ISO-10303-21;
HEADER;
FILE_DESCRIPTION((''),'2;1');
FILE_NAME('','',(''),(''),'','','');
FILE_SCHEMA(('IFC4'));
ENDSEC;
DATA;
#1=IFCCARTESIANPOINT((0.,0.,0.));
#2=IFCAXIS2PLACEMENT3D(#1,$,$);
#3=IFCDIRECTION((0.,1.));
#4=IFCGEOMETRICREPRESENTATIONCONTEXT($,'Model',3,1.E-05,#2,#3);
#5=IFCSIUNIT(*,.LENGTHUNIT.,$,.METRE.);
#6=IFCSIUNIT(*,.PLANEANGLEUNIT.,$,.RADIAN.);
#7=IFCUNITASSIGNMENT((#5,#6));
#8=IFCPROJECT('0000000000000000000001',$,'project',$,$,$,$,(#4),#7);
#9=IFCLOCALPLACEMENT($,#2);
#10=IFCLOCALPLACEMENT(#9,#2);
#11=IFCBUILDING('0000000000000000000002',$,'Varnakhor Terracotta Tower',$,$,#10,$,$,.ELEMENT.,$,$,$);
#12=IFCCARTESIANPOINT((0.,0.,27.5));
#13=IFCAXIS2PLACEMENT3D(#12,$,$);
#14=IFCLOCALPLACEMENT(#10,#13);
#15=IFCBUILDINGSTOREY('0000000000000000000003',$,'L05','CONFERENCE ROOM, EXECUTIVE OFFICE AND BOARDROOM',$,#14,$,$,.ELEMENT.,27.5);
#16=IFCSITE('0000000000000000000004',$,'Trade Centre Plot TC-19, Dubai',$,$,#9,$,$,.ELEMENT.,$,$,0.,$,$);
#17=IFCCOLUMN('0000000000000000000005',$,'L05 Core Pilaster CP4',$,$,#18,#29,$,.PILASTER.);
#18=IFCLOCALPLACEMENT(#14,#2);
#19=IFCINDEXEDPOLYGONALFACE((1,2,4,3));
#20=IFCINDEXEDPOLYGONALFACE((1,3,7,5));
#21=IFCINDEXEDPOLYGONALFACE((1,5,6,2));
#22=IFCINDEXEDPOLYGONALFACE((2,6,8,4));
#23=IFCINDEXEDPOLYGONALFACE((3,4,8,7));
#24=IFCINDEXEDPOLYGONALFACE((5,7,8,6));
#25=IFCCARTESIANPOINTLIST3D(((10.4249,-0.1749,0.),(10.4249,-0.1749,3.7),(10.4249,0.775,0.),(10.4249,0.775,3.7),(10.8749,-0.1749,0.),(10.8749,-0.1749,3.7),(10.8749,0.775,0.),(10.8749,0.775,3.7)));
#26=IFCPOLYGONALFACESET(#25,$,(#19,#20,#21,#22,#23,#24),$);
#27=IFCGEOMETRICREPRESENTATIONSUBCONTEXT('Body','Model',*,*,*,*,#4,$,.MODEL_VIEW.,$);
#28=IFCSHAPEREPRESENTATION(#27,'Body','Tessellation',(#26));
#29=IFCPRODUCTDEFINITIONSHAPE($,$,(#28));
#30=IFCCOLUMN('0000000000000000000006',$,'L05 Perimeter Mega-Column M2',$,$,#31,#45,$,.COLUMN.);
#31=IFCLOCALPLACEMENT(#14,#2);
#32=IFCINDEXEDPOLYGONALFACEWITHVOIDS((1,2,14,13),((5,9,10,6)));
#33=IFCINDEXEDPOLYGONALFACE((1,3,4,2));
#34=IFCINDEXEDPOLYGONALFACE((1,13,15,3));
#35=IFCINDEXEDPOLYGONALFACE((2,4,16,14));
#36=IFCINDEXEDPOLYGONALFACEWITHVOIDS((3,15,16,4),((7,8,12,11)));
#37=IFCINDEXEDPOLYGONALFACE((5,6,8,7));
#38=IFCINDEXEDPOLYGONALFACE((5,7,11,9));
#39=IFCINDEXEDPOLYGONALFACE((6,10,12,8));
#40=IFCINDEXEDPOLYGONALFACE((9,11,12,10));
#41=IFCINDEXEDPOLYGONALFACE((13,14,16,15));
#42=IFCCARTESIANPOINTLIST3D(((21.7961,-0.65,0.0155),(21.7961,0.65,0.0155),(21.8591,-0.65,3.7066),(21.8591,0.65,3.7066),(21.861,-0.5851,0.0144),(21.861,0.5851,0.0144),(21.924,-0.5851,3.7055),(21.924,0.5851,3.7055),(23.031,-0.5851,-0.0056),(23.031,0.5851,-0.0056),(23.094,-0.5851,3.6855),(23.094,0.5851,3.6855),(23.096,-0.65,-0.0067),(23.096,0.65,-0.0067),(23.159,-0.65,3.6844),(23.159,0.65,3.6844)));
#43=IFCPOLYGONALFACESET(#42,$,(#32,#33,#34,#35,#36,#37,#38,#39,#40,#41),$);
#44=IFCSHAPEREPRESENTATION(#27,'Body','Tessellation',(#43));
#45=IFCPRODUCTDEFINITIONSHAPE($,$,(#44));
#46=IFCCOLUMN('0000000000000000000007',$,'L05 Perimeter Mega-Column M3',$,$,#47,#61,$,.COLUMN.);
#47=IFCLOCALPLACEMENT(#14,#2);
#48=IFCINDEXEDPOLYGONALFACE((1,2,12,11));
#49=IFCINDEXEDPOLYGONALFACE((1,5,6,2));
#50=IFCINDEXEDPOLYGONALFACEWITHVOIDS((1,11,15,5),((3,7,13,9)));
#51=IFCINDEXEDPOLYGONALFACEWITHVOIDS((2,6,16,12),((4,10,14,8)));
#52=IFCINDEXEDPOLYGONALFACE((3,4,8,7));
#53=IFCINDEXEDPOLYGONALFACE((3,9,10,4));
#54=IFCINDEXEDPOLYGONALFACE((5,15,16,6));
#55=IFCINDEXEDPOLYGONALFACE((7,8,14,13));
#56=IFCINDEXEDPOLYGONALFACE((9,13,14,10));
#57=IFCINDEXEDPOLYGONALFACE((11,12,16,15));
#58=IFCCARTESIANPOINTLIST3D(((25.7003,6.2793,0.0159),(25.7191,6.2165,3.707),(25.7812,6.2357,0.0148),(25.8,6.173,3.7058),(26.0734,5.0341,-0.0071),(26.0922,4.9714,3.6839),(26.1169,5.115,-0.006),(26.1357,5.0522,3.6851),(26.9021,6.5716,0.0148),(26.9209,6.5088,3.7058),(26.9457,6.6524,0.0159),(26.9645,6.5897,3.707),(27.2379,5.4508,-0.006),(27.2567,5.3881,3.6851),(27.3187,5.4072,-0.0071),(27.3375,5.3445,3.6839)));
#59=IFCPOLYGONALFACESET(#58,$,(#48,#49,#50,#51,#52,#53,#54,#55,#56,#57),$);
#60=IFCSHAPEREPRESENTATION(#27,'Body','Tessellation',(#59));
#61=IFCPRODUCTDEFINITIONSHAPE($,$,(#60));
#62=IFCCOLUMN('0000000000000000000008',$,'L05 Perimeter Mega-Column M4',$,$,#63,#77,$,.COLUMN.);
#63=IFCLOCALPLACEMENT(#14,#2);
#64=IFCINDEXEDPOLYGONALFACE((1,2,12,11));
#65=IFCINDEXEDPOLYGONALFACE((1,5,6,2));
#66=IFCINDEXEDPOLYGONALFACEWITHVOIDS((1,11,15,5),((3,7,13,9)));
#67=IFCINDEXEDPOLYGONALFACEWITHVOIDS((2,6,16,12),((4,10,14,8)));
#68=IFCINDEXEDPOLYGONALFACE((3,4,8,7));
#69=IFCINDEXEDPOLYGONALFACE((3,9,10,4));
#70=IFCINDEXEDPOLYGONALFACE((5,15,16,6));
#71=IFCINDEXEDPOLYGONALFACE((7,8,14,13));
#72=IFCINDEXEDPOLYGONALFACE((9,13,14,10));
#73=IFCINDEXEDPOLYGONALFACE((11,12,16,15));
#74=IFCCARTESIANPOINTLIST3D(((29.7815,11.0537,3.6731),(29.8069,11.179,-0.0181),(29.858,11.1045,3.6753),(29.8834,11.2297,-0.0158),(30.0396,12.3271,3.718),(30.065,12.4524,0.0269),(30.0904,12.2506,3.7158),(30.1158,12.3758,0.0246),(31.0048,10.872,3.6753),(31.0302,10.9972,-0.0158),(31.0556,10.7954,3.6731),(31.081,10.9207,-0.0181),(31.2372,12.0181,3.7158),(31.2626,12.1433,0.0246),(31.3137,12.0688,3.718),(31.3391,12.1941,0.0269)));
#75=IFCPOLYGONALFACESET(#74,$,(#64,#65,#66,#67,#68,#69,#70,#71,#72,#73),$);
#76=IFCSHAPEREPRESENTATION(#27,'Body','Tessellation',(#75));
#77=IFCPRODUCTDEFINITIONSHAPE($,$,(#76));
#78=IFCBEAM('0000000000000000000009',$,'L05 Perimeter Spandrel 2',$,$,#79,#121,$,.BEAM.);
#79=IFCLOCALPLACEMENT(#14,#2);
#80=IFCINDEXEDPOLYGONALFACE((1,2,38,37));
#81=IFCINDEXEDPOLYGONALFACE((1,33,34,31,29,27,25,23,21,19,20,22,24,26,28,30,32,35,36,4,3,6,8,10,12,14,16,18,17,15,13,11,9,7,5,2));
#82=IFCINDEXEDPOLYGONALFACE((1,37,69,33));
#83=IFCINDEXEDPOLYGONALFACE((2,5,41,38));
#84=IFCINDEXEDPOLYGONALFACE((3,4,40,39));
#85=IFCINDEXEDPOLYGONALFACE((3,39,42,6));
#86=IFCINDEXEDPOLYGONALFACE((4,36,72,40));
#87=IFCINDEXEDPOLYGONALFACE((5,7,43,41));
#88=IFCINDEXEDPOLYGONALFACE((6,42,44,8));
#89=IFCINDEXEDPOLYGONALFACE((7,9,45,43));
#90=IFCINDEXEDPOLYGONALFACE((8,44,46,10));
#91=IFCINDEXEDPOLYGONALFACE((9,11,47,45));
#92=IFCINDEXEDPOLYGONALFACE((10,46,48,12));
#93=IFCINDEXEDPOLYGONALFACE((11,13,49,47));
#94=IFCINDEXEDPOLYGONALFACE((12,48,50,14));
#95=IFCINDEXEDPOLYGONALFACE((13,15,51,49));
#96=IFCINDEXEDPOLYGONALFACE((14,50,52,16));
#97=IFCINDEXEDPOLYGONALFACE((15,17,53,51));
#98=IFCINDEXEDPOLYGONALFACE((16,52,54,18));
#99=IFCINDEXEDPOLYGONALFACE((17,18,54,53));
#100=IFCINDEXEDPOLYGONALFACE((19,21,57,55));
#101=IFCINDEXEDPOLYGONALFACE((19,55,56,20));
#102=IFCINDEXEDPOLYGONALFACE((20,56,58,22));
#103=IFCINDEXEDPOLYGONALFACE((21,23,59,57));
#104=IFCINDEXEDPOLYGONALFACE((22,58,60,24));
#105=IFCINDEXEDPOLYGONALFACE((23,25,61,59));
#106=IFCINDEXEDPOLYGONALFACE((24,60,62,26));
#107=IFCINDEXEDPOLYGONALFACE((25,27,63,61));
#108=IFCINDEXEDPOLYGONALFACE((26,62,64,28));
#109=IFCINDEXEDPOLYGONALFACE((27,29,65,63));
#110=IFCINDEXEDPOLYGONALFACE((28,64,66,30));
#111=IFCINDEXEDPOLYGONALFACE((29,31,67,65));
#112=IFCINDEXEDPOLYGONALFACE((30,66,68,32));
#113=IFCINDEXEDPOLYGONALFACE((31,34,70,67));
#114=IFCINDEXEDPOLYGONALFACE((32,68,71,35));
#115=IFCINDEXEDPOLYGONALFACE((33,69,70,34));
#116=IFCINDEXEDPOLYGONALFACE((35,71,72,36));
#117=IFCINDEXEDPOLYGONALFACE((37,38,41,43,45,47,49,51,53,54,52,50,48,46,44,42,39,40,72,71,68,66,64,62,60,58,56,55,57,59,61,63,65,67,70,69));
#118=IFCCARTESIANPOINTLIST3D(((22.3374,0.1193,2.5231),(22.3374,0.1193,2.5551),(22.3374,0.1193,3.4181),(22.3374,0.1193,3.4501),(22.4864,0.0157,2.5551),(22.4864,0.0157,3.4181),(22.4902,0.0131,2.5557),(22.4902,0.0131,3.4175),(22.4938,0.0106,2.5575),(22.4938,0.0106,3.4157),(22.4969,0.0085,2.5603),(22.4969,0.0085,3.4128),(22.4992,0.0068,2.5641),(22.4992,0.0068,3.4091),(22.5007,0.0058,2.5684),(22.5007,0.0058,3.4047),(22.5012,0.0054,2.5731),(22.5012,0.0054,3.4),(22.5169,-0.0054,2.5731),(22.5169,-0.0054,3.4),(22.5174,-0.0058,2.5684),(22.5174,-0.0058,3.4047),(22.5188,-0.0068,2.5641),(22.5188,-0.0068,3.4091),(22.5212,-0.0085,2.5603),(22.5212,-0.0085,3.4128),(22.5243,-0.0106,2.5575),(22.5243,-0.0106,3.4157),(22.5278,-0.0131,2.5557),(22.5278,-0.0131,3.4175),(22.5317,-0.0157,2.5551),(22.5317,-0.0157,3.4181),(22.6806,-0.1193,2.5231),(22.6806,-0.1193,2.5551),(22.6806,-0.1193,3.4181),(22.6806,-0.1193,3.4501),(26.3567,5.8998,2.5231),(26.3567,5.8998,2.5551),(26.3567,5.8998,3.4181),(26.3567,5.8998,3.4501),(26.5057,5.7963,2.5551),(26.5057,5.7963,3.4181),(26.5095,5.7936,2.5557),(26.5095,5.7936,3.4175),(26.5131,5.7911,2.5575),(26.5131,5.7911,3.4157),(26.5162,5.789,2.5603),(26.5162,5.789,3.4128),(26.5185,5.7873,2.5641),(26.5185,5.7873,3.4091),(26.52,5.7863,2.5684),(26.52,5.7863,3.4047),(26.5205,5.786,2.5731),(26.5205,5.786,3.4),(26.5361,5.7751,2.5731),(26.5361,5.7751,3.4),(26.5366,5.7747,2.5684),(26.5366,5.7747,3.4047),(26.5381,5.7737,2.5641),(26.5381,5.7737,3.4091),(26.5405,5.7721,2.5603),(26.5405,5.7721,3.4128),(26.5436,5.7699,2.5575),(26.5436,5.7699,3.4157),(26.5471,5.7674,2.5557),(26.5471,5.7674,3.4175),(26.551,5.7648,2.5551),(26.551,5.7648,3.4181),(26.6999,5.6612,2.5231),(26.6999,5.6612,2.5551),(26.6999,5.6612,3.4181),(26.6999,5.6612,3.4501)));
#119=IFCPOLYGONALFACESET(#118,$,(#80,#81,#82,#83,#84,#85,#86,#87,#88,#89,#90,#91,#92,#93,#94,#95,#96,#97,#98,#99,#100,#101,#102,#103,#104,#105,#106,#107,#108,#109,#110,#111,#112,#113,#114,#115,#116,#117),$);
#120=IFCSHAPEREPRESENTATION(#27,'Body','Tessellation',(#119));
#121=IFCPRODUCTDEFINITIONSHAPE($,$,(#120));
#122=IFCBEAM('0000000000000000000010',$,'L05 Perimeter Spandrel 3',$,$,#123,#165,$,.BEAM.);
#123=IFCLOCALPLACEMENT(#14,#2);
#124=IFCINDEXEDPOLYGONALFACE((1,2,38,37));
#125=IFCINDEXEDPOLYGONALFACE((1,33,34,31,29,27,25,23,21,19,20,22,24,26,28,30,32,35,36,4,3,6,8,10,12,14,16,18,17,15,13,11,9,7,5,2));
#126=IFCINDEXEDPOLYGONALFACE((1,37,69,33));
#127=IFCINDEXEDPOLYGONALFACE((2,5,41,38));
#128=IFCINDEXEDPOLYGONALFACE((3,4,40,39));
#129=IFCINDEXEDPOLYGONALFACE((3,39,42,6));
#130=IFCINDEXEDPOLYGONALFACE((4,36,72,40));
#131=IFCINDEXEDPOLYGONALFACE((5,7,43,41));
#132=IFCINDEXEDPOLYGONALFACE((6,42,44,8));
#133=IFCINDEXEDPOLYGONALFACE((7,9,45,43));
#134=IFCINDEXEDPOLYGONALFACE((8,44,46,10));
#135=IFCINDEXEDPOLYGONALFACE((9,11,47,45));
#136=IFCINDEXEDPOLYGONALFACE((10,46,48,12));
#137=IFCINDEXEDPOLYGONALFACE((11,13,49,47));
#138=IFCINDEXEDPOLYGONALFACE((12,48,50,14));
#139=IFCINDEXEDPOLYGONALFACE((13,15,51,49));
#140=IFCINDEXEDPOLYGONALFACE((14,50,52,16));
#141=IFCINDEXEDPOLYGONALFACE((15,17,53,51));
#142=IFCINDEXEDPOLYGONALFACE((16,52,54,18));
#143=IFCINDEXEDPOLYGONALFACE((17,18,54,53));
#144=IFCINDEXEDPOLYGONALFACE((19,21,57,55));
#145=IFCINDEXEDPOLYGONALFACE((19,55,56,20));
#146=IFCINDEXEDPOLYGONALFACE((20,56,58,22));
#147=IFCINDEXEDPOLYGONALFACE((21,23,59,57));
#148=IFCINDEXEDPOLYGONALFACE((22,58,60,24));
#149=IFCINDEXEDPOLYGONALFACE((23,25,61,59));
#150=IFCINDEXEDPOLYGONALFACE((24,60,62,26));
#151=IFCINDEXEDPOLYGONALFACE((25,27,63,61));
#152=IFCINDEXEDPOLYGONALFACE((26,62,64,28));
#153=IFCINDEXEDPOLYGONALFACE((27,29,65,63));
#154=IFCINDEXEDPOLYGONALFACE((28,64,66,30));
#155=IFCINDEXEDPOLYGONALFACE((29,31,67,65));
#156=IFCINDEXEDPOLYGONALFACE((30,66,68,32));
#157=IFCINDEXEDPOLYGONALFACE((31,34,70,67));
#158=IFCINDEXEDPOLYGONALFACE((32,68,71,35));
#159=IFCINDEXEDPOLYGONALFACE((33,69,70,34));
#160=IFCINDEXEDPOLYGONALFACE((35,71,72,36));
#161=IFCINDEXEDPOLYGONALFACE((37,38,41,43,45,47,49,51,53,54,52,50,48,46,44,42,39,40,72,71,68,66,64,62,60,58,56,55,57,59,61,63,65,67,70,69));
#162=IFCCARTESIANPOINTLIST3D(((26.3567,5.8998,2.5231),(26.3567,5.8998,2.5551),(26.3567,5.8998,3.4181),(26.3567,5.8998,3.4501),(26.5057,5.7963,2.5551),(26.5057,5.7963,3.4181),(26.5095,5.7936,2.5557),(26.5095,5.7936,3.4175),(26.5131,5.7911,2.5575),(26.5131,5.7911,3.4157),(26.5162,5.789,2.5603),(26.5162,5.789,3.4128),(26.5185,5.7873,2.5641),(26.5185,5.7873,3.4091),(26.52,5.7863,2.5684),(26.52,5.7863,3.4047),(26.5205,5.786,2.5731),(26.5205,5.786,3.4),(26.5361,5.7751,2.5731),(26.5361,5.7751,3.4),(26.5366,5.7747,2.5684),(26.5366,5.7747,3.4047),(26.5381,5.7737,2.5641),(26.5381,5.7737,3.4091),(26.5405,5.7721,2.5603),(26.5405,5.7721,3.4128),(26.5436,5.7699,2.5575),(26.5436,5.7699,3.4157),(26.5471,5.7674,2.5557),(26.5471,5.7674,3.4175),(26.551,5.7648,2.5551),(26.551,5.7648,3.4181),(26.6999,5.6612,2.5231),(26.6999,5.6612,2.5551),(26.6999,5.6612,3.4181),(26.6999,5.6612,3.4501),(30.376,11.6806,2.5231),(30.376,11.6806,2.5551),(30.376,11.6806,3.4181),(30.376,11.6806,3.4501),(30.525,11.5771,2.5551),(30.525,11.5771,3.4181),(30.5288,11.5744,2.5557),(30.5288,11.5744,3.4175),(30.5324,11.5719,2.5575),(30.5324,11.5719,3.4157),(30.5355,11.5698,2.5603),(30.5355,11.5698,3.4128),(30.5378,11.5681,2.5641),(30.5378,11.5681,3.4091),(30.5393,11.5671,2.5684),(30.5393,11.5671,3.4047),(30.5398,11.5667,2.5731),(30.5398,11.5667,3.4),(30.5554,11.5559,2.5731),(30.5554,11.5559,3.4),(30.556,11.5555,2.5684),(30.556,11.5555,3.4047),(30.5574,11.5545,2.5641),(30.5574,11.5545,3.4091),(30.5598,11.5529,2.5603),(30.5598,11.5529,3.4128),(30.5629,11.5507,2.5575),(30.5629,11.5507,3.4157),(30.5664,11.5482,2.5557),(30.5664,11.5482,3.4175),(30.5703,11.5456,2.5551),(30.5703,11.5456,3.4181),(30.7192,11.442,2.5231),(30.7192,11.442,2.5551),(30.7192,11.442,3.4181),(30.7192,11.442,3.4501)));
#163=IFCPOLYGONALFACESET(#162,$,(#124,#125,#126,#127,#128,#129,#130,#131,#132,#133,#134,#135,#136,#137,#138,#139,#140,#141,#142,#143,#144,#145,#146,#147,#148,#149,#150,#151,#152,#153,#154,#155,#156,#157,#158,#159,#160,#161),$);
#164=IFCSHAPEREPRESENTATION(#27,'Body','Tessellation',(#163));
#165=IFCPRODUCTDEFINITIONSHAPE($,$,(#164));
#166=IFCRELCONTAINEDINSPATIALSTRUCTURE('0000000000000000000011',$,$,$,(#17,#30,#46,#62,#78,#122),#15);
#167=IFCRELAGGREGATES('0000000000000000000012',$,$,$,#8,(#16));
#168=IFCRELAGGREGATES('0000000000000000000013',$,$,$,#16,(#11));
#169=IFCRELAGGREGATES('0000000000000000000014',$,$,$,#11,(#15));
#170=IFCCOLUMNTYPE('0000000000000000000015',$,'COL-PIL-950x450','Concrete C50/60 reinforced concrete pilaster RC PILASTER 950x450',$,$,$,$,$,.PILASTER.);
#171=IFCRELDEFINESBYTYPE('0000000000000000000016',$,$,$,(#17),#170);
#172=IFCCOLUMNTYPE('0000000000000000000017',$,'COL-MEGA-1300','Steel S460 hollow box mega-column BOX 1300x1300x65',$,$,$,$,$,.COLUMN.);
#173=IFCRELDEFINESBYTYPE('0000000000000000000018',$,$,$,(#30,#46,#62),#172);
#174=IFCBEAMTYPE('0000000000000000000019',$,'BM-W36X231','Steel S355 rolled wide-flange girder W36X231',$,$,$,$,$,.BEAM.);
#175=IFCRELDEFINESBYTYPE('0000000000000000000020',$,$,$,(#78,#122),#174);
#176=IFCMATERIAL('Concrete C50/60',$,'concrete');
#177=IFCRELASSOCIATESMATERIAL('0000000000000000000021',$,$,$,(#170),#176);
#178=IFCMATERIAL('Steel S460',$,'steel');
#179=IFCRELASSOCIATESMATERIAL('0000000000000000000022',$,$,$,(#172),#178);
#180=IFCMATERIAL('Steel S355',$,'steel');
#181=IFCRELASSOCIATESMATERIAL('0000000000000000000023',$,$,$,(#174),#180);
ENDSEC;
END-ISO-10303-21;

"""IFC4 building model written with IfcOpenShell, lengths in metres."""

from ifc_helpers import new_model, si_unit, direction, frame, origin, origin_2d, place, context, subcontext, project, spatial, rectangle, hollow_rectangle, i_section, extrude, source, transform, mapped, material, material_profile, profile_set, type_object, element, save


model = new_model("IFC4")

# Units and contexts
model_context = context("Model", 3, precision=1e-05, world=origin(), true_north=direction((0.0, 1.0)))
body_context = subcontext(model_context, "Body", "Model", "MODEL_VIEW")
ifc_project = project(units=[si_unit("LENGTHUNIT", "METRE"), si_unit("PLANEANGLEUNIT", "RADIAN")], contexts=[model_context])

# Site, building, storey
site_placement = place(None, origin())
site = spatial("IfcSite", under=ifc_project, at=site_placement, Name="Trade Centre Plot TC-19, Dubai", CompositionType="ELEMENT", RefElevation=0.0)
building_placement = place(site_placement, origin())
building = spatial("IfcBuilding", under=site, at=building_placement, Name="Varnakhor Terracotta Tower", CompositionType="ELEMENT")
storey_placement = place(building_placement, frame((0.0, 0.0, 27.5)))
storey = spatial("IfcBuildingStorey", under=building, at=storey_placement, Name="L05", Description="CONFERENCE ROOM, EXECUTIVE OFFICE AND BOARDROOM", CompositionType="ELEMENT", Elevation=27.5)

# Columns
ifc_material_1 = material(Name="Concrete C50/60", Category="concrete")
ifc_material_profile_1 = material_profile(ifc_material_1, rectangle(XDim=0.45, YDim=0.95, at=origin_2d()), Name="RC PILASTER 950x450")
ifc_profile_set_1 = profile_set([ifc_material_profile_1], Name="Concrete C50/60")
column_type_1 = type_object("IfcColumnType", Name="COL-PIL-950x450", Description="Concrete C50/60 reinforced concrete pilaster RC PILASTER 950x450", PredefinedType="PILASTER", material=ifc_profile_set_1)
shared_shape_1 = source(origin(), body_context, "Body", "SweptSolid", [
    extrude(rectangle(XDim=0.45, YDim=0.95, at=origin_2d()), origin(), (0.0, 0.0, 1.0), 3.7),
])
column_1_placement = place(storey_placement, frame((10.6499, 0.3, 0.0), z_axis=(0.0, 0.0, 1.0), x_axis=(1.0, 0.0, 0.0)))
element("IfcColumn", 1, at=column_1_placement, inside=storey, type_object=column_type_1, Name="L05 Core Pilaster CP4", PredefinedType="PILASTER", context=body_context, shape_type="MappedRepresentation", body=[
    mapped(shared_shape_1, transform((0.0, 0.0, 0.0), scale=1.0)),
])
ifc_material_2 = material(Name="Steel S460", Category="steel")
ifc_material_profile_2 = material_profile(ifc_material_2, hollow_rectangle(XDim=1.3, YDim=1.3, WallThickness=0.0649, at=origin_2d()), Name="BOX 1300x1300x65")
ifc_profile_set_2 = profile_set([ifc_material_profile_2], Name="Steel S460")
column_type_2 = type_object("IfcColumnType", Name="COL-MEGA-1300", Description="Steel S460 hollow box mega-column BOX 1300x1300x65", PredefinedType="COLUMN", material=ifc_profile_set_2)
shared_shape_2 = source(origin(), body_context, "Body", "SweptSolid", [
    extrude(hollow_rectangle(XDim=1.3, YDim=1.3, WallThickness=0.0649, at=origin_2d()), origin(), (0.0, 0.0, 1.0), 3.6917),
])
for number, where, z_axis, x_axis, name in (
    (2, (22.446, 0.0, 0.0044), (0.017062, 0.0, 0.999854), (0.0, 1.0, 0.0), "L05 Perimeter Mega-Column M2"),
    (3, (26.5095, 5.8433, 0.0044), (0.005092, -0.016996, 0.999843), (0.957929, 0.287006, 0.0), "L05 Perimeter Mega-Column M3"),
):
    element("IfcColumn", number, at=place(storey_placement, frame(where, z_axis=z_axis, x_axis=x_axis)), inside=storey, type_object=column_type_2, Name=name, PredefinedType="COLUMN", context=body_context, shape_type="MappedRepresentation", body=[
        mapped(shared_shape_2, transform((0.0, 0.0, 0.0), scale=1.0)),
    ])
shared_shape_3 = source(origin(), body_context, "Body", "SweptSolid", [
    extrude(hollow_rectangle(XDim=1.3, YDim=1.3, WallThickness=0.0649, at=origin_2d()), origin(), (0.0, 0.0, 1.0), 3.6934),
])
column_2_placement = place(storey_placement, frame((30.573, 11.6865, 0.0044), z_axis=(-0.006875, -0.03391, 0.999401), x_axis=(0.980063, -0.198687, 0.0)))
element("IfcColumn", 4, at=column_2_placement, inside=storey, type_object=column_type_2, Name="L05 Perimeter Mega-Column M4", PredefinedType="COLUMN", context=body_context, shape_type="MappedRepresentation", body=[
    mapped(shared_shape_3, transform((0.0, 0.0, 0.0), scale=1.0)),
])

# Beams
ifc_material_3 = material(Name="Steel S355", Category="steel")
ifc_material_profile_3 = material_profile(ifc_material_3, i_section(OverallWidth=0.418, OverallDepth=0.927, WebThickness=0.019, FlangeThickness=0.032, FilletRadius=0.0181, at=origin_2d()), Name="W36X231")
ifc_profile_set_3 = profile_set([ifc_material_profile_3], Name="Steel S355")
beam_type_1 = type_object("IfcBeamType", Name="BM-W36X231", Description="Steel S355 rolled wide-flange girder W36X231", PredefinedType="BEAM", material=ifc_profile_set_3)
shared_shape_4 = source(origin(), body_context, "Body", "SweptSolid", [
    extrude(i_section(OverallWidth=0.418, OverallDepth=0.927, WebThickness=0.019, FlangeThickness=0.032, FilletRadius=0.0181, at=origin_2d()), origin(), (0.0, 0.0, 1.0), 7.0405),
])
beam_1_placement = place(storey_placement, frame((22.509, 0.0, 2.9866), z_axis=(0.570879, 0.821035, 0.0), x_axis=(-0.821035, 0.570879, 0.0)))
element("IfcBeam", 5, at=beam_1_placement, inside=storey, type_object=beam_type_1, Name="L05 Perimeter Spandrel 2", PredefinedType="BEAM", context=body_context, shape_type="MappedRepresentation", body=[
    mapped(shared_shape_4, transform((0.0, 0.0, 0.0), scale=1.0)),
])
shared_shape_5 = source(origin(), body_context, "Body", "SweptSolid", [
    extrude(i_section(OverallWidth=0.418, OverallDepth=0.927, WebThickness=0.019, FlangeThickness=0.032, FilletRadius=0.0181, at=origin_2d()), origin(), (0.0, 0.0, 1.0), 7.0408),
])
beam_2_placement = place(storey_placement, frame((26.5283, 5.7805, 2.9866), z_axis=(0.570862, 0.821046, 0.0), x_axis=(-0.821046, 0.570862, 0.0)))
element("IfcBeam", 6, at=beam_2_placement, inside=storey, type_object=beam_type_1, Name="L05 Perimeter Spandrel 3", PredefinedType="BEAM", context=body_context, shape_type="MappedRepresentation", body=[
    mapped(shared_shape_5, transform((0.0, 0.0, 0.0), scale=1.0)),
])

save(model, "model.ifc")
